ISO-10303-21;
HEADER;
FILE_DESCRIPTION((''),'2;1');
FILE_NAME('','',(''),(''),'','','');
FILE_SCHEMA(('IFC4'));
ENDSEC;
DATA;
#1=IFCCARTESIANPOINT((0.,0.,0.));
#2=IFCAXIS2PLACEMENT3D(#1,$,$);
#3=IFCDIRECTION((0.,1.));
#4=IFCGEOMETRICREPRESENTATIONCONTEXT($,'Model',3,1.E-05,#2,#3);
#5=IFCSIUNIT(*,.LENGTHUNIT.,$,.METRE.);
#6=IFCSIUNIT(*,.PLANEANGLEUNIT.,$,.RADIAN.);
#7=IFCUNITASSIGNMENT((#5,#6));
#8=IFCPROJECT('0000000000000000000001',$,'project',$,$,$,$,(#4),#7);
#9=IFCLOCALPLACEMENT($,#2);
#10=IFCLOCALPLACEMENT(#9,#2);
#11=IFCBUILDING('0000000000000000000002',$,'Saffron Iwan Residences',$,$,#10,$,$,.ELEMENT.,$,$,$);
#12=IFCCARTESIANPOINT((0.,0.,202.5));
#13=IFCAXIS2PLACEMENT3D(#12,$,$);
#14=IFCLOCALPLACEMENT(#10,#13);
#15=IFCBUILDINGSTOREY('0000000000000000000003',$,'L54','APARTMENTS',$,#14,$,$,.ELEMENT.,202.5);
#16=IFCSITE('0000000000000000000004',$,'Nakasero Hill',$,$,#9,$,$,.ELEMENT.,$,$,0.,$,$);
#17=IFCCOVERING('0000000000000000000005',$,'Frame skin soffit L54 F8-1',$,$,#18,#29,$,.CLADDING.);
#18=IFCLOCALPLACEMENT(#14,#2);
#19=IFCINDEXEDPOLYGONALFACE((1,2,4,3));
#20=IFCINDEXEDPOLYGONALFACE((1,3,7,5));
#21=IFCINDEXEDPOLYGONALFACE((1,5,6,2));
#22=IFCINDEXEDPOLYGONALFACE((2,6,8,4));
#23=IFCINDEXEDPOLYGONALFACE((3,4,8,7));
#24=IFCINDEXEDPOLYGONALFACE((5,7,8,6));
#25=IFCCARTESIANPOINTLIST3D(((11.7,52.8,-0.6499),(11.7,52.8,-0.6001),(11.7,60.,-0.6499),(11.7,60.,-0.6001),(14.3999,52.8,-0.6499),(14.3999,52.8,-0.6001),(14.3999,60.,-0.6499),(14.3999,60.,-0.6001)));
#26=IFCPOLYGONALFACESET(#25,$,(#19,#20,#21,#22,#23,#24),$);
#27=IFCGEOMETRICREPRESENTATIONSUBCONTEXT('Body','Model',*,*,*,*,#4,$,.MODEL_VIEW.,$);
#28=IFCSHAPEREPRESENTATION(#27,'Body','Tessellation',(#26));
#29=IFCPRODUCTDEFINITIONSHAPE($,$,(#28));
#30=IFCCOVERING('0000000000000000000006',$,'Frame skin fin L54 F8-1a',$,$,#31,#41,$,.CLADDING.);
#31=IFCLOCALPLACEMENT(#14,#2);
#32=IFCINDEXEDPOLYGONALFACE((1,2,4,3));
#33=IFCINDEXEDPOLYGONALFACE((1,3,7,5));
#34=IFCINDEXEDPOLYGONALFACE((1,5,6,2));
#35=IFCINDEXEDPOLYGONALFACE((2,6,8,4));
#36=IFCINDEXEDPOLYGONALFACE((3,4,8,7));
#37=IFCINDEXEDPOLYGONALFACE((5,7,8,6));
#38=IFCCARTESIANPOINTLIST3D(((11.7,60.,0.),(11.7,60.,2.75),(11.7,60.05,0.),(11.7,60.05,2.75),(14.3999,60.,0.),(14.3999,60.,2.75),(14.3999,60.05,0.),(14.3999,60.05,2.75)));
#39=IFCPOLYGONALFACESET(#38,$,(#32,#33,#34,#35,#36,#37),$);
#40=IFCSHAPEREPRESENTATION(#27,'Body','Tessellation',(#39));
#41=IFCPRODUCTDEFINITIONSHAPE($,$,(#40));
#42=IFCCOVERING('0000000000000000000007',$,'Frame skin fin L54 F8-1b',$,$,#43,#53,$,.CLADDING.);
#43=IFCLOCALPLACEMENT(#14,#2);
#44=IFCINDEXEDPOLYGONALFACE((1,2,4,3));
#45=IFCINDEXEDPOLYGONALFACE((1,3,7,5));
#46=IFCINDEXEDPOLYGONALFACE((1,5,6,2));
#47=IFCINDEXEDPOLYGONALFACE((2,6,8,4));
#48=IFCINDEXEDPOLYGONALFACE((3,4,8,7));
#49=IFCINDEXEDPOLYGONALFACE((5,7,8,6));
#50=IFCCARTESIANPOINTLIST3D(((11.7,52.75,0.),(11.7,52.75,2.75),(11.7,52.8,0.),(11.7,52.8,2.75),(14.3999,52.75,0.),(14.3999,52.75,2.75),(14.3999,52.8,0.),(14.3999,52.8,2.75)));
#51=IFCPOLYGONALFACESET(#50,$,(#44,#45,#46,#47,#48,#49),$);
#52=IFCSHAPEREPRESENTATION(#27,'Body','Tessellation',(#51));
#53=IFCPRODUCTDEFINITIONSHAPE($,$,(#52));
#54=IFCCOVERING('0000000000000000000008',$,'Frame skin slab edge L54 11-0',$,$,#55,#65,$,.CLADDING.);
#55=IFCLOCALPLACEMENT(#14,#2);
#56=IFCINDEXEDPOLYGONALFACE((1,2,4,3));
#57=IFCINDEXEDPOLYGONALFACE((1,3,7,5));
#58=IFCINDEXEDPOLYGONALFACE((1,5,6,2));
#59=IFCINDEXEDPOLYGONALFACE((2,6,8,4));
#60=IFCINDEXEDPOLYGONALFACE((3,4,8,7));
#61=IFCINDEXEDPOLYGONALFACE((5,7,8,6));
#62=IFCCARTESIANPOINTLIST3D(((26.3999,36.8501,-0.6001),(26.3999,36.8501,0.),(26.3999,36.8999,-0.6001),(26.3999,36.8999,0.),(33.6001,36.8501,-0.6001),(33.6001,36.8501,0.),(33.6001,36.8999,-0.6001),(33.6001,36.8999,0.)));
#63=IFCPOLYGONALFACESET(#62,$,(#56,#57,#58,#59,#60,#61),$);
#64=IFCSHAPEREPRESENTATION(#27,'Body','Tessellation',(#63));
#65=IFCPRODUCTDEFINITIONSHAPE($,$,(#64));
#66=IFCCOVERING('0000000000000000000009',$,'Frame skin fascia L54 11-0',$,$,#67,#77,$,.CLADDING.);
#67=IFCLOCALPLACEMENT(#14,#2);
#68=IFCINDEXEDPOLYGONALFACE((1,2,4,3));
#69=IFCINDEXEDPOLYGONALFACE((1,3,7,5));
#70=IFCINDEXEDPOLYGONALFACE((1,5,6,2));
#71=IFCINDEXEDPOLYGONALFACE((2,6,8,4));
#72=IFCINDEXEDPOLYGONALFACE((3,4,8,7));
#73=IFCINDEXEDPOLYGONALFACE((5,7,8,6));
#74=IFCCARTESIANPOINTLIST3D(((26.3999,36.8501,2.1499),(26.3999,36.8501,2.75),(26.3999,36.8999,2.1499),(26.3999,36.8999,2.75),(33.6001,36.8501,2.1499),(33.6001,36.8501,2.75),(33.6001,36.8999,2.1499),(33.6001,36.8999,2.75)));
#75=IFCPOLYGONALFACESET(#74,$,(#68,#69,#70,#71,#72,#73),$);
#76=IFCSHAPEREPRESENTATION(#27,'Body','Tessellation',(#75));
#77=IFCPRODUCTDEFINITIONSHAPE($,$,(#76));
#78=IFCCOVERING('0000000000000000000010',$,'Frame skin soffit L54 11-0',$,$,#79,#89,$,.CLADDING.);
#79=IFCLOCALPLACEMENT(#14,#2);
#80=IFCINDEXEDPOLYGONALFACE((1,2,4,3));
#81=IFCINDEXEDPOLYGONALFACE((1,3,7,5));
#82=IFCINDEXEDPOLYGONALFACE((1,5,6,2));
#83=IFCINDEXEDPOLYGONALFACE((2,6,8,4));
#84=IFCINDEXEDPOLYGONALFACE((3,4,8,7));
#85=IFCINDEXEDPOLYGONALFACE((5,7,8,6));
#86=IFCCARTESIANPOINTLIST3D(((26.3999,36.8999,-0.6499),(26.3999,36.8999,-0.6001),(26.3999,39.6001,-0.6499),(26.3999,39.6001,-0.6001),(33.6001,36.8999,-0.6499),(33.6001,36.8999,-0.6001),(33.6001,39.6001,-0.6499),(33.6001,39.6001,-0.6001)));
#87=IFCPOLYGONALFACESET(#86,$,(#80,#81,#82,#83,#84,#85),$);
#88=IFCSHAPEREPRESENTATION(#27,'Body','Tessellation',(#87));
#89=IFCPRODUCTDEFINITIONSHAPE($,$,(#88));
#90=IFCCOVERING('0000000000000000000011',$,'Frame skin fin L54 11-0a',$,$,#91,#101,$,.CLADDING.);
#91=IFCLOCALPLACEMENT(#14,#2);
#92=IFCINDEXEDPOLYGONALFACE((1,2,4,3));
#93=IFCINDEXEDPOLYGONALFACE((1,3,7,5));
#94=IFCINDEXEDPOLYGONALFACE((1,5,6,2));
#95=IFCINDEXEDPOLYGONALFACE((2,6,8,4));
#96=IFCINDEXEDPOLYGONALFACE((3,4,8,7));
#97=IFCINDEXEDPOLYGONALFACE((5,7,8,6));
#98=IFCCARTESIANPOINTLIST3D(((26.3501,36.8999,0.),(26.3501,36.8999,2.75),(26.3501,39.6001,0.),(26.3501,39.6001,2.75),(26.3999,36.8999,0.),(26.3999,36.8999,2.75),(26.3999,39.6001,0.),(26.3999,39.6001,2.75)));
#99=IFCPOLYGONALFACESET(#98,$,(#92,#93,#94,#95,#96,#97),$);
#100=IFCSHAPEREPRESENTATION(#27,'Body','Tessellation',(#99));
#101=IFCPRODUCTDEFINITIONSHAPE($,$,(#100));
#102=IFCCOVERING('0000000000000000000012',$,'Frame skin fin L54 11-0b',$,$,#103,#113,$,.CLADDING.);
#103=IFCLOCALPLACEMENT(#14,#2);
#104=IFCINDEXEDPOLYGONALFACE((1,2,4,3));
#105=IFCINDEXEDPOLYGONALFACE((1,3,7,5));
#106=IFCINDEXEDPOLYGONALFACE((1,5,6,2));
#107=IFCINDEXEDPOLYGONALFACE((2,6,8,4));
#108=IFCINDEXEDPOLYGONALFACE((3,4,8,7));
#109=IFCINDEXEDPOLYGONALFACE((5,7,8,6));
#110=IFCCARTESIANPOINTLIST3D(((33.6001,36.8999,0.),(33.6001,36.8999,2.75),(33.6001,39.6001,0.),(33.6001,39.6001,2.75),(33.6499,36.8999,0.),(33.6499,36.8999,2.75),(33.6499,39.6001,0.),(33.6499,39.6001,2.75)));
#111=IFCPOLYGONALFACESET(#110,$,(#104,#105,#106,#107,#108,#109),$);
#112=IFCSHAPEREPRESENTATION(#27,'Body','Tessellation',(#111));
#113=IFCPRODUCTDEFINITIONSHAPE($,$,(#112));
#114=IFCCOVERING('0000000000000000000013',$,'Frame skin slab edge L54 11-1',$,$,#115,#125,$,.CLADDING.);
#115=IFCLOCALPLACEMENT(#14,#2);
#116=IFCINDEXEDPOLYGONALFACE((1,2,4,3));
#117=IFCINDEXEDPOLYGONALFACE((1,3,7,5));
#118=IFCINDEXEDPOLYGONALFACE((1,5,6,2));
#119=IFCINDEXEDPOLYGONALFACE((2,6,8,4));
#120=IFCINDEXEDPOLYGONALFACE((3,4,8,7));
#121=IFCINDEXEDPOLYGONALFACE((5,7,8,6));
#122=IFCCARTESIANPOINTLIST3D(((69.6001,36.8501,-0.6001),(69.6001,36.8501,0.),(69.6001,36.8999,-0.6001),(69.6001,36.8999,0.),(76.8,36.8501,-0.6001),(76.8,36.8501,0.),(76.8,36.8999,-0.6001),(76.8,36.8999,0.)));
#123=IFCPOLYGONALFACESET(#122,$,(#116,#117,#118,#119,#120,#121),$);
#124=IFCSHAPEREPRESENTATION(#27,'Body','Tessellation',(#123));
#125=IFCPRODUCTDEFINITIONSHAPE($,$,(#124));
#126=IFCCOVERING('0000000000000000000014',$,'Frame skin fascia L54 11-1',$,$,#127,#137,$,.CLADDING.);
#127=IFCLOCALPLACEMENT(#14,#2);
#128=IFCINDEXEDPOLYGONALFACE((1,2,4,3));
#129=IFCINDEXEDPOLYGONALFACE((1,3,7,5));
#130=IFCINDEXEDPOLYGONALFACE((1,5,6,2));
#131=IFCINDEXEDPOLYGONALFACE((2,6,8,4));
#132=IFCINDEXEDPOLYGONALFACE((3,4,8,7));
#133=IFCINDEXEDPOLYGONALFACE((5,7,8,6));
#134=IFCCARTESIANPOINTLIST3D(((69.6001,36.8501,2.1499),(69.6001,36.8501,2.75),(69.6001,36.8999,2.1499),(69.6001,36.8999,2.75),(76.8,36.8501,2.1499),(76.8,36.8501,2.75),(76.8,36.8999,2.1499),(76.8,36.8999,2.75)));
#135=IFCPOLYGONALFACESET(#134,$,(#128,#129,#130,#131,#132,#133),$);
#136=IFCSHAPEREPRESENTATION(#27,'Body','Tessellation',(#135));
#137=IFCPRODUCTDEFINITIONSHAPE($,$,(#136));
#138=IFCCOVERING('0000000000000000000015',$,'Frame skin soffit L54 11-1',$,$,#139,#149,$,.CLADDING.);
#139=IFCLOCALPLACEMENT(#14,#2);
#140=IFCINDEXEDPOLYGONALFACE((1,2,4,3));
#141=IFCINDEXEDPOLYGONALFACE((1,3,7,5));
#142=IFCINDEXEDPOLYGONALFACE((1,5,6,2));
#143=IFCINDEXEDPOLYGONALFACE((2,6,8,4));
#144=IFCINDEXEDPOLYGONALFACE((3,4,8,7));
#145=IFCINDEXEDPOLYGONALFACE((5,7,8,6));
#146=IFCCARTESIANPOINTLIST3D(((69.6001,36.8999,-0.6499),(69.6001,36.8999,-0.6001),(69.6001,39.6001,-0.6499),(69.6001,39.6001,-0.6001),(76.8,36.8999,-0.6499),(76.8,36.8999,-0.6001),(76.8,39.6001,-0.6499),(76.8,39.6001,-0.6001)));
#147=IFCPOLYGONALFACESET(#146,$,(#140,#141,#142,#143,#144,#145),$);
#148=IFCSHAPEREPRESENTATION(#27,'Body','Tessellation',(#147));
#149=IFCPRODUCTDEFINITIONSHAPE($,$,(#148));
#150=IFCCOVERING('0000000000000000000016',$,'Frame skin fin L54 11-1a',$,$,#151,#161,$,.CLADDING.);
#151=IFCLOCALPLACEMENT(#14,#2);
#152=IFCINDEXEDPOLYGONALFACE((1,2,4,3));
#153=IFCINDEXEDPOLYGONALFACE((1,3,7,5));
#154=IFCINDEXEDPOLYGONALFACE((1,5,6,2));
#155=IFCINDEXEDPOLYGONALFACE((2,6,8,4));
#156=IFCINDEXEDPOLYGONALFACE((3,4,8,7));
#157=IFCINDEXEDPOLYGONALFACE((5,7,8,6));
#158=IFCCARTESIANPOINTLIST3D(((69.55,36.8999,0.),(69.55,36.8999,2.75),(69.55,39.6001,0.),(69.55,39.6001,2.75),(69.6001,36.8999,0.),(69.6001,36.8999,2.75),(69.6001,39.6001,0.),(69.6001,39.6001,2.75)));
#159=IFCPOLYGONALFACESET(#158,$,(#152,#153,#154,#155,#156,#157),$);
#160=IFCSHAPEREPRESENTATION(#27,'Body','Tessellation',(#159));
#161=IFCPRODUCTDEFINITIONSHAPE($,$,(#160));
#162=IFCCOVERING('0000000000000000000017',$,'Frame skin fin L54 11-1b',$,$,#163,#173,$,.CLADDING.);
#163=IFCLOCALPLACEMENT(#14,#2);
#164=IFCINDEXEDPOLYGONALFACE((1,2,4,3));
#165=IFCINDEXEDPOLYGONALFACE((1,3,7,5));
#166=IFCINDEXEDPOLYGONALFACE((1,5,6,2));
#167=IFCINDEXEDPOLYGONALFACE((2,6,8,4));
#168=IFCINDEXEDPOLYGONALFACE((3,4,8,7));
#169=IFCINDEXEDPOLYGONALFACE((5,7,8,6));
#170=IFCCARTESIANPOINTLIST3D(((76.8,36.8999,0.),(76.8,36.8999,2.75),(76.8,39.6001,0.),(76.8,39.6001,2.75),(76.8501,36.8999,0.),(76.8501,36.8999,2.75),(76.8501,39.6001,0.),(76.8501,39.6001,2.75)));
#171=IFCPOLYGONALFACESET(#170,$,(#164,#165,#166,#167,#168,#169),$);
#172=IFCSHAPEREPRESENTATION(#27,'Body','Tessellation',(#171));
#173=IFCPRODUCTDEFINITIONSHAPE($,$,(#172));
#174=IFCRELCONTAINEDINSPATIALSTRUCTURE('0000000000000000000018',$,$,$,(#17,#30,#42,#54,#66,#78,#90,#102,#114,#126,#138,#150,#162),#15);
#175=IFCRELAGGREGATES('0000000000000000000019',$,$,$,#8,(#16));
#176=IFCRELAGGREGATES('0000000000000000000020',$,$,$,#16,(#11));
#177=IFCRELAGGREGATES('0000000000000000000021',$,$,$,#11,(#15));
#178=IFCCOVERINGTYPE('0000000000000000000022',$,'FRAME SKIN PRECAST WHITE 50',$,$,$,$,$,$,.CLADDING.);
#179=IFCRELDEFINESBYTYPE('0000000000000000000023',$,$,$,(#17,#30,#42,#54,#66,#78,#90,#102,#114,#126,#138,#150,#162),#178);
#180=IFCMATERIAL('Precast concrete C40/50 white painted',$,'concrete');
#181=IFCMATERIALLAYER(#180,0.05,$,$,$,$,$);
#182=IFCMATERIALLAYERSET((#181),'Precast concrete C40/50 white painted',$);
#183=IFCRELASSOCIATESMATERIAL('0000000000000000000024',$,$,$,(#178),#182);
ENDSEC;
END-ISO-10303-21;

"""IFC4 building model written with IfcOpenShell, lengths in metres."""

from ifc_helpers import new_model, si_unit, direction, frame, origin, place, context, subcontext, project, spatial, polyline, outline, extrude, material, layer, layer_set, type_object, element, save


model = new_model("IFC4")

# Units and contexts
model_context = context("Model", 3, precision=1e-05, world=origin(), true_north=direction((0.0, 1.0)))
body_context = subcontext(model_context, "Body", "Model", "MODEL_VIEW")
ifc_project = project(units=[si_unit("LENGTHUNIT", "METRE"), si_unit("PLANEANGLEUNIT", "RADIAN")], contexts=[model_context])

# Site, building, storey
site_placement = place(None, origin())
site = spatial("IfcSite", under=ifc_project, at=site_placement, Name="Nakasero Hill", CompositionType="ELEMENT", RefElevation=0.0)
building_placement = place(site_placement, origin())
building = spatial("IfcBuilding", under=site, at=building_placement, Name="Saffron Iwan Residences", CompositionType="ELEMENT")
storey_placement = place(building_placement, frame((0.0, 0.0, 202.5)))
storey = spatial("IfcBuildingStorey", under=building, at=storey_placement, Name="L54", Description="APARTMENTS", CompositionType="ELEMENT", Elevation=202.5)

# Coverings
ifc_material_1 = material(Name="Precast concrete C40/50 white painted", Category="concrete")
ifc_layer_1 = layer(ifc_material_1, 0.05)
ifc_layer_set_1 = layer_set([ifc_layer_1], Name="Precast concrete C40/50 white painted")
covering_type = type_object("IfcCoveringType", Name="FRAME SKIN PRECAST WHITE 50", PredefinedType="CLADDING", material=ifc_layer_set_1)
covering_1_placement = place(storey_placement, frame((0.0, 0.0, -0.6499)))
element("IfcCovering", 1, at=covering_1_placement, inside=storey, type_object=covering_type, Name="Frame skin soffit L54 F8-1", PredefinedType="CLADDING", context=body_context, shape_type="SweptSolid", body=[
    extrude(outline(polyline([(11.7, 60.0), (11.7, 52.8), (14.3999, 52.8), (14.3999, 60.0), (11.7, 60.0)])), origin(), (0.0, 0.0, 1.0), 0.0498),
])
covering_2_placement = place(storey_placement, origin())
element("IfcCovering", 2, at=covering_2_placement, inside=storey, type_object=covering_type, Name="Frame skin fin L54 F8-1a", PredefinedType="CLADDING", context=body_context, shape_type="SweptSolid", body=[
    extrude(outline(polyline([(11.7, 60.05), (11.7, 60.0), (14.3999, 60.0), (14.3999, 60.05), (11.7, 60.05)])), origin(), (0.0, 0.0, 1.0), 2.75),
])
covering_3_placement = place(storey_placement, origin())
element("IfcCovering", 3, at=covering_3_placement, inside=storey, type_object=covering_type, Name="Frame skin fin L54 F8-1b", PredefinedType="CLADDING", context=body_context, shape_type="SweptSolid", body=[
    extrude(outline(polyline([(11.7, 52.8), (11.7, 52.75), (14.3999, 52.75), (14.3999, 52.8), (11.7, 52.8)])), origin(), (0.0, 0.0, 1.0), 2.75),
])
for number, where, name in (
    (4, (0.0, 0.0, -0.6001), "Frame skin slab edge L54 11-0"),
    (5, (0.0, 0.0, 2.1499), "Frame skin fascia L54 11-0"),
):
    element("IfcCovering", number, at=place(storey_placement, frame(where)), inside=storey, type_object=covering_type, Name=name, PredefinedType="CLADDING", context=body_context, shape_type="SweptSolid", body=[
        extrude(outline(polyline([(26.3999, 36.8501), (33.6001, 36.8501), (33.6001, 36.8999), (26.3999, 36.8999), (26.3999, 36.8501)])), origin(), (0.0, 0.0, 1.0), 0.6001),
    ])
covering_4_placement = place(storey_placement, frame((0.0, 0.0, -0.6499)))
element("IfcCovering", 6, at=covering_4_placement, inside=storey, type_object=covering_type, Name="Frame skin soffit L54 11-0", PredefinedType="CLADDING", context=body_context, shape_type="SweptSolid", body=[
    extrude(outline(polyline([(26.3999, 36.8999), (33.6001, 36.8999), (33.6001, 39.6001), (26.3999, 39.6001), (26.3999, 36.8999)])), origin(), (0.0, 0.0, 1.0), 0.0498),
])
covering_5_placement = place(storey_placement, origin())
element("IfcCovering", 7, at=covering_5_placement, inside=storey, type_object=covering_type, Name="Frame skin fin L54 11-0a", PredefinedType="CLADDING", context=body_context, shape_type="SweptSolid", body=[
    extrude(outline(polyline([(26.3501, 36.8999), (26.3999, 36.8999), (26.3999, 39.6001), (26.3501, 39.6001), (26.3501, 36.8999)])), origin(), (0.0, 0.0, 1.0), 2.75),
])
covering_6_placement = place(storey_placement, origin())
element("IfcCovering", 8, at=covering_6_placement, inside=storey, type_object=covering_type, Name="Frame skin fin L54 11-0b", PredefinedType="CLADDING", context=body_context, shape_type="SweptSolid", body=[
    extrude(outline(polyline([(33.6001, 36.8999), (33.6499, 36.8999), (33.6499, 39.6001), (33.6001, 39.6001), (33.6001, 36.8999)])), origin(), (0.0, 0.0, 1.0), 2.75),
])
for number, where, name in (
    (9, (0.0, 0.0, -0.6001), "Frame skin slab edge L54 11-1"),
    (10, (0.0, 0.0, 2.1499), "Frame skin fascia L54 11-1"),
):
    element("IfcCovering", number, at=place(storey_placement, frame(where)), inside=storey, type_object=covering_type, Name=name, PredefinedType="CLADDING", context=body_context, shape_type="SweptSolid", body=[
        extrude(outline(polyline([(69.6001, 36.8501), (76.8, 36.8501), (76.8, 36.8999), (69.6001, 36.8999), (69.6001, 36.8501)])), origin(), (0.0, 0.0, 1.0), 0.6001),
    ])
covering_7_placement = place(storey_placement, frame((0.0, 0.0, -0.6499)))
element("IfcCovering", 11, at=covering_7_placement, inside=storey, type_object=covering_type, Name="Frame skin soffit L54 11-1", PredefinedType="CLADDING", context=body_context, shape_type="SweptSolid", body=[
    extrude(outline(polyline([(69.6001, 36.8999), (76.8, 36.8999), (76.8, 39.6001), (69.6001, 39.6001), (69.6001, 36.8999)])), origin(), (0.0, 0.0, 1.0), 0.0498),
])
covering_8_placement = place(storey_placement, origin())
element("IfcCovering", 12, at=covering_8_placement, inside=storey, type_object=covering_type, Name="Frame skin fin L54 11-1a", PredefinedType="CLADDING", context=body_context, shape_type="SweptSolid", body=[
    extrude(outline(polyline([(69.55, 36.8999), (69.6001, 36.8999), (69.6001, 39.6001), (69.55, 39.6001), (69.55, 36.8999)])), origin(), (0.0, 0.0, 1.0), 2.75),
])
covering_9_placement = place(storey_placement, origin())
element("IfcCovering", 13, at=covering_9_placement, inside=storey, type_object=covering_type, Name="Frame skin fin L54 11-1b", PredefinedType="CLADDING", context=body_context, shape_type="SweptSolid", body=[
    extrude(outline(polyline([(76.8, 36.8999), (76.8501, 36.8999), (76.8501, 39.6001), (76.8, 39.6001), (76.8, 36.8999)])), origin(), (0.0, 0.0, 1.0), 2.75),
])

save(model, "model.ifc")
